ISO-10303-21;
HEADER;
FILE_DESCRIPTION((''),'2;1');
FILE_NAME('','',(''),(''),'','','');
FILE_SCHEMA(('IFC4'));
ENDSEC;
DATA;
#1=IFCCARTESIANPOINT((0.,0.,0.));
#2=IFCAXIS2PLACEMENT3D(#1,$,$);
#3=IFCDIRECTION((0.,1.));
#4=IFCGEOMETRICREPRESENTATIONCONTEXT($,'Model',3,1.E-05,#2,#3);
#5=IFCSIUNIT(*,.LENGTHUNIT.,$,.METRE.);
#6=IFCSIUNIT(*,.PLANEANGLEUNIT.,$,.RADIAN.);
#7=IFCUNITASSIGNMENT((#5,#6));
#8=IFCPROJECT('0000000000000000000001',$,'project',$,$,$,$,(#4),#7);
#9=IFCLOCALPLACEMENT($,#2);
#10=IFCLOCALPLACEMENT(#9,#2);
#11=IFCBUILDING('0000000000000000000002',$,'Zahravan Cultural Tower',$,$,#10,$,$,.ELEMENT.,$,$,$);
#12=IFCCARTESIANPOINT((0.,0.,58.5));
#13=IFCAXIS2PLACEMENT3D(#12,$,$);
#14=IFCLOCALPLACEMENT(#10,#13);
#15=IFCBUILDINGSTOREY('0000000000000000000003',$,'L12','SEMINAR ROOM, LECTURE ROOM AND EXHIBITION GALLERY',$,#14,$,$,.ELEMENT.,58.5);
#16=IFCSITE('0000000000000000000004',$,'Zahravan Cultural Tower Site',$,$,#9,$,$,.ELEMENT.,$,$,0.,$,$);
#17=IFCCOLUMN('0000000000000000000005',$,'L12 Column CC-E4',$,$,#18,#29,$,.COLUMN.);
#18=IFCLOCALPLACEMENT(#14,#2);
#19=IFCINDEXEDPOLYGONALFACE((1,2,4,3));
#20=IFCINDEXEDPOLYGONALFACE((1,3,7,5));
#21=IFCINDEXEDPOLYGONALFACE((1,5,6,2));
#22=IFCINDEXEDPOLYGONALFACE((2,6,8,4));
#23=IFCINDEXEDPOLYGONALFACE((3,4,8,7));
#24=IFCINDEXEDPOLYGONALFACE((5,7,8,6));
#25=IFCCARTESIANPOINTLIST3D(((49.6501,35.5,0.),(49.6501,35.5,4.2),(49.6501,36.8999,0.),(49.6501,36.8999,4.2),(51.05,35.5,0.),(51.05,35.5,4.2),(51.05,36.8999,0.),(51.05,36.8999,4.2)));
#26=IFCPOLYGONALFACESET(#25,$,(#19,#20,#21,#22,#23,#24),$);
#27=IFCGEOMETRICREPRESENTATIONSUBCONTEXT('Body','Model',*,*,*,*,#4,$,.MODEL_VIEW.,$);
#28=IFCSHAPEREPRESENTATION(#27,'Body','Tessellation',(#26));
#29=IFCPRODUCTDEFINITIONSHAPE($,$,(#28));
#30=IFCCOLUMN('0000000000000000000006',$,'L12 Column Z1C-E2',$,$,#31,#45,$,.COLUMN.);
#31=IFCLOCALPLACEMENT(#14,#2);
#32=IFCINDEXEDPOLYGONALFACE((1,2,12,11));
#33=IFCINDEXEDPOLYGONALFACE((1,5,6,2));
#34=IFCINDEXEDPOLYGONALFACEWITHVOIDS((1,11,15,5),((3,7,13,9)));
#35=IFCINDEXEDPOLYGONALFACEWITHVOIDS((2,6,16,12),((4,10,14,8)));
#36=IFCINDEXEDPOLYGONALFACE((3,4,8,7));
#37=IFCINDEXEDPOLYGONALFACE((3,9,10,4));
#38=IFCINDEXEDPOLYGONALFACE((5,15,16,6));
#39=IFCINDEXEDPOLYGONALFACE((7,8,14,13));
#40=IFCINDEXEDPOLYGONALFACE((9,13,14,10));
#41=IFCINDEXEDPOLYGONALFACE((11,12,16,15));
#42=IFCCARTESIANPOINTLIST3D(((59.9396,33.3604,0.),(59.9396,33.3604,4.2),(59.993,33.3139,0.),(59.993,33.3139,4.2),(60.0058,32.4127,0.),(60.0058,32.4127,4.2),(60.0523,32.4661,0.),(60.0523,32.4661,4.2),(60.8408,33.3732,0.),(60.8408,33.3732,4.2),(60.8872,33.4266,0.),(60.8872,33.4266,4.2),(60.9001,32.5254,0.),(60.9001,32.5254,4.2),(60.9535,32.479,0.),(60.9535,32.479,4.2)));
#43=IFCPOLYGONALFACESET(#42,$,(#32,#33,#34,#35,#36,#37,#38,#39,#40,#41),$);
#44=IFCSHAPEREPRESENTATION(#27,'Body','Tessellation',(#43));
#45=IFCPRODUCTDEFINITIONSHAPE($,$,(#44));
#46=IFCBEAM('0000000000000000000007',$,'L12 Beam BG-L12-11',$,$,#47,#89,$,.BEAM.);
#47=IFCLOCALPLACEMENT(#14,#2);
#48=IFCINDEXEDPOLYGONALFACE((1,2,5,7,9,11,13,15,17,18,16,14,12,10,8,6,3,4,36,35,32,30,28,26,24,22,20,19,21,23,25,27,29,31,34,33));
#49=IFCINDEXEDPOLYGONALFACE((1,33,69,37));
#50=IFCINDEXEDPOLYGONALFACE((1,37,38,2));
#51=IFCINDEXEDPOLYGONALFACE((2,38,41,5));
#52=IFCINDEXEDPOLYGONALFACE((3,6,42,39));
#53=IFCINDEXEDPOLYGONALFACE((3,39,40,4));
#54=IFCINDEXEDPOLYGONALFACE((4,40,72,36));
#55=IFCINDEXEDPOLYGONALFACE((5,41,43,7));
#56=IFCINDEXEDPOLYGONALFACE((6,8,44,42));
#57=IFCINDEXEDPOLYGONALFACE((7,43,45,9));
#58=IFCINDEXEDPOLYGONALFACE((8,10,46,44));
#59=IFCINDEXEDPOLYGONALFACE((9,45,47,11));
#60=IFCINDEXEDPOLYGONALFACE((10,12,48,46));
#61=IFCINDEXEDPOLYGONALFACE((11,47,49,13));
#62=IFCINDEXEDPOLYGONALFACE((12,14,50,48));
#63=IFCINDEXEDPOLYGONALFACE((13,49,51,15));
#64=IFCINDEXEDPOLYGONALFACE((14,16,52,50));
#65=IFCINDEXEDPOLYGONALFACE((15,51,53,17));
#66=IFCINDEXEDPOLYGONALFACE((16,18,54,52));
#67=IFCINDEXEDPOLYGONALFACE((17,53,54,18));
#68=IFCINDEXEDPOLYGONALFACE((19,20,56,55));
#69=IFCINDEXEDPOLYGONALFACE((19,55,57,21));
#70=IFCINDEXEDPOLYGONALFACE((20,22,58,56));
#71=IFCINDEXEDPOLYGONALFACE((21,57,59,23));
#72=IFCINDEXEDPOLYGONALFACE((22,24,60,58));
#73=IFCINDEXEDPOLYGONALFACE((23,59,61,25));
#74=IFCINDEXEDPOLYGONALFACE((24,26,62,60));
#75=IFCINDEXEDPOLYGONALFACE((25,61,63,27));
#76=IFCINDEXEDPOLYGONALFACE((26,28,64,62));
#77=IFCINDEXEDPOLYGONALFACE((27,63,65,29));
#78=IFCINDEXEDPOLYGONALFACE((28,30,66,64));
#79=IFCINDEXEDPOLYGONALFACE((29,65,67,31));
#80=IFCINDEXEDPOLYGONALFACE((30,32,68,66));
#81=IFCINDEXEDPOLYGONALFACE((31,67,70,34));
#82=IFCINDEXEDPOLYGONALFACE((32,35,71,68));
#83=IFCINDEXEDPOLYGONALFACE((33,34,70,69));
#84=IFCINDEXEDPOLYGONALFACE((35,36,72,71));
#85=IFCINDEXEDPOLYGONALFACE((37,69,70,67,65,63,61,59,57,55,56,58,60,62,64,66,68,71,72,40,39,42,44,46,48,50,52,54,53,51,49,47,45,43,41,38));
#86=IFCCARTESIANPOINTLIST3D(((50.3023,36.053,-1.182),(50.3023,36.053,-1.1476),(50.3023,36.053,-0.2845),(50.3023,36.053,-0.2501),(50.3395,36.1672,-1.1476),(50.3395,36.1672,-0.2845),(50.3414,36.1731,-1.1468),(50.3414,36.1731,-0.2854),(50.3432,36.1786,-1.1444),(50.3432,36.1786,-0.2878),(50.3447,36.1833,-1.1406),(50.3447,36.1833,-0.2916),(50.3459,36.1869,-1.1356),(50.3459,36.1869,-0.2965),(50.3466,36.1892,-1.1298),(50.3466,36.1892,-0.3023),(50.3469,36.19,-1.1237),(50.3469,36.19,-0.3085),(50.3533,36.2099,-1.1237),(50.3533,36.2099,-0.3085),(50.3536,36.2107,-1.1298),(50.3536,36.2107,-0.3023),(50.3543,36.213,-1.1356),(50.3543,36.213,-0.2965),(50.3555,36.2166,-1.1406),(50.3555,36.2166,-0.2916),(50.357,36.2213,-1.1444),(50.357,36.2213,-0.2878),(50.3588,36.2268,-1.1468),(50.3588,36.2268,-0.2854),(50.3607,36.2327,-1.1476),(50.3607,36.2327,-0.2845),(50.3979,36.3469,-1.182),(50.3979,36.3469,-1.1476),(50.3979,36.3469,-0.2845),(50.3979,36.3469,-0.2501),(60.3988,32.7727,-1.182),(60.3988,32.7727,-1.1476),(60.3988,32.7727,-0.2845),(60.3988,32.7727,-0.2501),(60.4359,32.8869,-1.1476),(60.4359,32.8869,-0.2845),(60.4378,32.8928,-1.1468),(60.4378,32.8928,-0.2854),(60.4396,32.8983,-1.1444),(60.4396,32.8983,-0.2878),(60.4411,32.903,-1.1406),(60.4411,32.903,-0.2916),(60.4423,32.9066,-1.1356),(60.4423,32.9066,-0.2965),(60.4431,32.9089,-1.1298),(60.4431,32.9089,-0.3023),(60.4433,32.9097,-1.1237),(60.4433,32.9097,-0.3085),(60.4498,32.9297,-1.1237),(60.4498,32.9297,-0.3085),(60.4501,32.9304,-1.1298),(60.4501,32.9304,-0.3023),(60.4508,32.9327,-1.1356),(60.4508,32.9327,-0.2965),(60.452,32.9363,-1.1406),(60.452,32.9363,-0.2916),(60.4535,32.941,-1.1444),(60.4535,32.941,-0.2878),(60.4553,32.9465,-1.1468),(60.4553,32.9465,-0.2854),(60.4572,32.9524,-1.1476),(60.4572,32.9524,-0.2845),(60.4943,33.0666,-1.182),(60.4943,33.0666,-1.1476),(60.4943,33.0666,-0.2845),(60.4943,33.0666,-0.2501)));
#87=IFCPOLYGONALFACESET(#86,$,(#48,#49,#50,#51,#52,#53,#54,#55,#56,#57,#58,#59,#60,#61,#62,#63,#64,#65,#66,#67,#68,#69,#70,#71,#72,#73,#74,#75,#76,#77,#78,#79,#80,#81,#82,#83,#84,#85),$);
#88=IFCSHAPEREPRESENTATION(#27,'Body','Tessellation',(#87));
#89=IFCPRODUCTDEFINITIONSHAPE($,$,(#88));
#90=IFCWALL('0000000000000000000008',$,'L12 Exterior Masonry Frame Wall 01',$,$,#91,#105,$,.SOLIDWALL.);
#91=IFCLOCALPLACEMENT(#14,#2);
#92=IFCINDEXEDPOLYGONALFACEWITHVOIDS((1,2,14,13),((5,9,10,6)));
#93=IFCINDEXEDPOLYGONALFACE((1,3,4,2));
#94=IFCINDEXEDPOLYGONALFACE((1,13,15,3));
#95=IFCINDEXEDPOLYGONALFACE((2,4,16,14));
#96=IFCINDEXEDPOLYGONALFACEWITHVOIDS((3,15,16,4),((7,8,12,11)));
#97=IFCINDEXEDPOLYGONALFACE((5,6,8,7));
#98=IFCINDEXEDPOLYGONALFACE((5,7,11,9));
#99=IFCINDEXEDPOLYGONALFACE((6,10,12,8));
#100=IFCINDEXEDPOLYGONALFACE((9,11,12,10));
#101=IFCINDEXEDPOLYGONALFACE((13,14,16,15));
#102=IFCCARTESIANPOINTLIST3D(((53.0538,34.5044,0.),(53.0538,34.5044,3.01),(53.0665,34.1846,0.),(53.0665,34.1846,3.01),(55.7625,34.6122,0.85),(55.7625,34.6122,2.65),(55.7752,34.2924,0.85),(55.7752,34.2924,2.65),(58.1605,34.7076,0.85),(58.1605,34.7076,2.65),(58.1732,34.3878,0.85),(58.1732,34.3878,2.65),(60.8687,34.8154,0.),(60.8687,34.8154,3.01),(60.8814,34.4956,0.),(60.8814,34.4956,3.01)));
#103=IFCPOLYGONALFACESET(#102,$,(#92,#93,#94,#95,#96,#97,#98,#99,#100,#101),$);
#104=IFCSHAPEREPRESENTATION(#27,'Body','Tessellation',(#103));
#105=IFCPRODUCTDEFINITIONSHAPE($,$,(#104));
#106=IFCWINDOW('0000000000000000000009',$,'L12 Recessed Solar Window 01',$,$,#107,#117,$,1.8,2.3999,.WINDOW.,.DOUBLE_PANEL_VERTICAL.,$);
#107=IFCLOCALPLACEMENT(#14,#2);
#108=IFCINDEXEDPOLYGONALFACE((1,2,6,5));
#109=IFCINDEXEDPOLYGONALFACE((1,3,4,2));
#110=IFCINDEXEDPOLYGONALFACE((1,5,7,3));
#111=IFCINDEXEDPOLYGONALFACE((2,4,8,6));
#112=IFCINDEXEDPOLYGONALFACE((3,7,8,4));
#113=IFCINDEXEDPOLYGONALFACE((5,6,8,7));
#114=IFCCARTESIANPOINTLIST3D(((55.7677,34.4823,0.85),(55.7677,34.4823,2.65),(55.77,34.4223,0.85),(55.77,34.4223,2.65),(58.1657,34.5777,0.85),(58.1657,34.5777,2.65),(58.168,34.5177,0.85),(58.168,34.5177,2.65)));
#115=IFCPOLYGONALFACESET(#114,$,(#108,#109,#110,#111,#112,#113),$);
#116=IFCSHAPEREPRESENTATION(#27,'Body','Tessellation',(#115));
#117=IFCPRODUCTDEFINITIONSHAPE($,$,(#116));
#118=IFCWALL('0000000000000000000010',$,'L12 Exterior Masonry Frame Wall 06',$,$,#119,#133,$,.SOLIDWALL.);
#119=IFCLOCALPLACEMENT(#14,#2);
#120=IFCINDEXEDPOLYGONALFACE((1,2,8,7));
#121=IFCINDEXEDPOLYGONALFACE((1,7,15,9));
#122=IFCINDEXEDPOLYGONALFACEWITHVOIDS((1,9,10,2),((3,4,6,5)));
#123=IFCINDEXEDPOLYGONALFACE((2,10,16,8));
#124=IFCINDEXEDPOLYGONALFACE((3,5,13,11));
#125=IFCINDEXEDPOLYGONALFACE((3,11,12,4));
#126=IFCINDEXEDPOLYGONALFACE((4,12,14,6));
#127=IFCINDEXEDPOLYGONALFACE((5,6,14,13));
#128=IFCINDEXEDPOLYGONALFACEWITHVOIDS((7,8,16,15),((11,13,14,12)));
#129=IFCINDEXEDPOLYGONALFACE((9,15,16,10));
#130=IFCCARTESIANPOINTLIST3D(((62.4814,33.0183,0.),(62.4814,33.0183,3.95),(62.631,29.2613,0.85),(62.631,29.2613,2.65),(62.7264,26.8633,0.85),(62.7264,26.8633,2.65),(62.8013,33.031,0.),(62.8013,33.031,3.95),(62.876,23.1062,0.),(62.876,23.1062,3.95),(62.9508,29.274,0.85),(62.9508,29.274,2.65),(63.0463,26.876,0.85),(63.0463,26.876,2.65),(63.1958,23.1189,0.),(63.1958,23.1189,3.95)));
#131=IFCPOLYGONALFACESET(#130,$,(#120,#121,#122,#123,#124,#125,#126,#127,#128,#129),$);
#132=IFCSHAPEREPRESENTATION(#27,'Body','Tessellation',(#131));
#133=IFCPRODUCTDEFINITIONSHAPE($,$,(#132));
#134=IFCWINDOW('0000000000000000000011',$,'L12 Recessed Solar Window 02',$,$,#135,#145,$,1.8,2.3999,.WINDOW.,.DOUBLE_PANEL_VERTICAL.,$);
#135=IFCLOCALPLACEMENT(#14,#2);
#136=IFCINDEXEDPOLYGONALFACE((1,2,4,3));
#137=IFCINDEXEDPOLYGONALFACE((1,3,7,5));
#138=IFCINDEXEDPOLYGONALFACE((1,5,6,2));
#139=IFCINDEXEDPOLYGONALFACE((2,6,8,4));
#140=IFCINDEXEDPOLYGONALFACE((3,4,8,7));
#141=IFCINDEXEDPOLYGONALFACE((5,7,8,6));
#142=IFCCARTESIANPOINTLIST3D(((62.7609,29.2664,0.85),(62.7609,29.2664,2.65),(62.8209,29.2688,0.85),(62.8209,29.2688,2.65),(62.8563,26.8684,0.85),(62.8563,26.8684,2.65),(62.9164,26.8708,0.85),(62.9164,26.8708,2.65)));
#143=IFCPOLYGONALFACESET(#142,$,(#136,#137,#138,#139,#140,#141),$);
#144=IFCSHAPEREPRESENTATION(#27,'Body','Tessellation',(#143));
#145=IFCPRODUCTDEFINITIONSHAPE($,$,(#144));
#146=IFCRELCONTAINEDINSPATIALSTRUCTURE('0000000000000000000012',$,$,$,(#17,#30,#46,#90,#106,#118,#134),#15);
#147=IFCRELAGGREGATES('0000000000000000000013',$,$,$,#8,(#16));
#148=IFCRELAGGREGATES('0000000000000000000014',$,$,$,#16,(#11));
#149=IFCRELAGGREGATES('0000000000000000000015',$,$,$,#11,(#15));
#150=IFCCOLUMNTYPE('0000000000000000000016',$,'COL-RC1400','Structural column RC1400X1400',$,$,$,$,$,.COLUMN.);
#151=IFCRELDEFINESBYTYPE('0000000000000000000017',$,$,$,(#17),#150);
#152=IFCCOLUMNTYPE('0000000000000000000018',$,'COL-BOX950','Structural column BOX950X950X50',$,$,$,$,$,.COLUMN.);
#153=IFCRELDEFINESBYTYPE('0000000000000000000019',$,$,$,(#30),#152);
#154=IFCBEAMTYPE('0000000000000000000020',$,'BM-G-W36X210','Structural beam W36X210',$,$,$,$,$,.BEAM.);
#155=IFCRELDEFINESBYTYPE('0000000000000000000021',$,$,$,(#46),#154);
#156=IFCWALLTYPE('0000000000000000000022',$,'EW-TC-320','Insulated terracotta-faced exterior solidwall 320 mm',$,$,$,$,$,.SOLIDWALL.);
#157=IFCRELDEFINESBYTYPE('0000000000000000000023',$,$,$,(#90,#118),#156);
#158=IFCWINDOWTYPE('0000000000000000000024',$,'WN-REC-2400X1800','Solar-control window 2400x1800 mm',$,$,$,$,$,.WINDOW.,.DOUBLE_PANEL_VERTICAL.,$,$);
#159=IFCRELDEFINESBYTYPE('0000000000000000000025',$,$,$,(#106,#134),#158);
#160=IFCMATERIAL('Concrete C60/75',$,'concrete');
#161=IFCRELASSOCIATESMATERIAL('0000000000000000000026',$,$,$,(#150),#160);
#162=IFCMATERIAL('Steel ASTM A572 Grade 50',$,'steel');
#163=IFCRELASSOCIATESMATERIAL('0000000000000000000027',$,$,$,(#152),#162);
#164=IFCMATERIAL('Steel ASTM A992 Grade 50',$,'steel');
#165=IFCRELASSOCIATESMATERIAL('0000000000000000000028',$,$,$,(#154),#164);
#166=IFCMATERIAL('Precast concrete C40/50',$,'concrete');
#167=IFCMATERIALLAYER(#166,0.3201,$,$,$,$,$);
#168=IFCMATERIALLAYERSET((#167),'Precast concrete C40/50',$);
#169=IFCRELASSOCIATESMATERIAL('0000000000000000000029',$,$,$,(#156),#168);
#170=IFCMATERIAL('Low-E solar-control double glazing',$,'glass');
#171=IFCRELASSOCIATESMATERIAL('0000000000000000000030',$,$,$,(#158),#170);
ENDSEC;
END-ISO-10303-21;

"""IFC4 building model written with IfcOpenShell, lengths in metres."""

from ifc_helpers import new_model, si_unit, direction, frame, frame_2d, origin, origin_2d, place, context, subcontext, project, spatial, rectangle, hollow_rectangle, i_section, extrude, source, transform, mapped, material, layer, layer_set, material_profile, profile_set, type_object, element, fill, save


model = new_model("IFC4")

# Units and contexts
model_context = context("Model", 3, precision=1e-05, world=origin(), true_north=direction((0.0, 1.0)))
body_context = subcontext(model_context, "Body", "Model", "MODEL_VIEW")
ifc_project = project(units=[si_unit("LENGTHUNIT", "METRE"), si_unit("PLANEANGLEUNIT", "RADIAN")], contexts=[model_context])

# Site, building, storey
site_placement = place(None, origin())
site = spatial("IfcSite", under=ifc_project, at=site_placement, Name="Zahravan Cultural Tower Site", CompositionType="ELEMENT", RefElevation=0.0)
building_placement = place(site_placement, origin())
building = spatial("IfcBuilding", under=site, at=building_placement, Name="Zahravan Cultural Tower", CompositionType="ELEMENT")
storey_placement = place(building_placement, frame((0.0, 0.0, 58.5)))
storey = spatial("IfcBuildingStorey", under=building, at=storey_placement, Name="L12", Description="SEMINAR ROOM, LECTURE ROOM AND EXHIBITION GALLERY", CompositionType="ELEMENT", Elevation=58.5)

# Columns
ifc_material_1 = material(Name="Concrete C60/75", Category="concrete")
ifc_material_profile_1 = material_profile(ifc_material_1, rectangle(XDim=1.3999, YDim=1.3999, at=origin_2d()), Name="RC1400X1400")
ifc_profile_set_1 = profile_set([ifc_material_profile_1], Name="Concrete C60/75")
column_type_1 = type_object("IfcColumnType", Name="COL-RC1400", Description="Structural column RC1400X1400", PredefinedType="COLUMN", material=ifc_profile_set_1)
shared_shape_1 = source(origin(), body_context, "Body", "SweptSolid", [
    extrude(rectangle(XDim=1.3999, YDim=1.3999, at=origin_2d()), origin(), (0.0, 0.0, 1.0), 4.2),
])
column_1_placement = place(storey_placement, frame((50.3501, 36.2, 0.0), z_axis=(0.0, 0.0, 1.0), x_axis=(1.0, 0.0, 0.0)))
element("IfcColumn", 1, at=column_1_placement, inside=storey, type_object=column_type_1, Name="L12 Column CC-E4", PredefinedType="COLUMN", context=body_context, shape_type="MappedRepresentation", body=[
    mapped(shared_shape_1, transform((0.0, 0.0, 0.0), x_axis=(1.0, 0.0, 0.0), y_axis=(0.0, 1.0, 0.0), z_axis=(0.0, 0.0, 1.0), scale=1.0)),
])
ifc_material_2 = material(Name="Steel ASTM A572 Grade 50", Category="steel")
ifc_material_profile_2 = material_profile(ifc_material_2, hollow_rectangle(XDim=0.95, YDim=0.95, WallThickness=0.05, at=origin_2d()), Name="BOX950X950X50")
ifc_profile_set_2 = profile_set([ifc_material_profile_2], Name="Steel ASTM A572 Grade 50")
column_type_2 = type_object("IfcColumnType", Name="COL-BOX950", Description="Structural column BOX950X950X50", PredefinedType="COLUMN", material=ifc_profile_set_2)
shared_shape_2 = source(origin(), body_context, "Body", "SweptSolid", [
    extrude(hollow_rectangle(XDim=0.95, YDim=0.95, WallThickness=0.05, at=origin_2d()), origin(), (0.0, 0.0, 1.0), 4.2),
])
column_2_placement = place(storey_placement, frame((60.4465, 32.9197, 0.0), z_axis=(0.0, 0.0, 1.0), x_axis=(0.997564, 0.069756, 0.0)))
element("IfcColumn", 2, at=column_2_placement, inside=storey, type_object=column_type_2, Name="L12 Column Z1C-E2", PredefinedType="COLUMN", context=body_context, shape_type="MappedRepresentation", body=[
    mapped(shared_shape_2, transform((0.0, 0.0, 0.0), x_axis=(1.0, 0.0, 0.0), y_axis=(0.0, 1.0, 0.0), z_axis=(0.0, 0.0, 1.0), scale=1.0)),
])

# Beam
ifc_material_3 = material(Name="Steel ASTM A992 Grade 50", Category="steel")
ifc_material_profile_3 = material_profile(ifc_material_3, i_section(OverallWidth=0.3091, OverallDepth=0.9319, WebThickness=0.021, FlangeThickness=0.0344, FilletRadius=0.0239, at=origin_2d()), Name="W36X210")
ifc_profile_set_3 = profile_set([ifc_material_profile_3], Name="Steel ASTM A992 Grade 50")
beam_type = type_object("IfcBeamType", Name="BM-G-W36X210", Description="Structural beam W36X210", PredefinedType="BEAM", material=ifc_profile_set_3)
shared_shape_3 = source(origin(), body_context, "Body", "SweptSolid", [
    extrude(i_section(OverallWidth=0.3091, OverallDepth=0.9319, WebThickness=0.021, FlangeThickness=0.0344, FilletRadius=0.0239, at=origin_2d()), origin(), (0.0, 0.0, 1.0), 10.616),
])
beam_placement = place(storey_placement, frame((50.3501, 36.2, -0.7161), z_axis=(0.951064, -0.308995, 0.0), x_axis=(0.308995, 0.951064, 0.0)))
element("IfcBeam", 3, at=beam_placement, inside=storey, type_object=beam_type, Name="L12 Beam BG-L12-11", PredefinedType="BEAM", context=body_context, shape_type="MappedRepresentation", body=[
    mapped(shared_shape_3, transform((0.0, 0.0, 0.0), x_axis=(1.0, 0.0, 0.0), y_axis=(0.0, 1.0, 0.0), z_axis=(0.0, 0.0, 1.0), scale=1.0)),
])

# Walls, openings, windows
ifc_material_4 = material(Name="Precast concrete C40/50", Category="concrete")
ifc_layer_1 = layer(ifc_material_4, 0.3201)
ifc_layer_set_1 = layer_set([ifc_layer_1], Name="Precast concrete C40/50")
wall_type_1 = type_object("IfcWallType", Name="EW-TC-320", Description="Insulated terracotta-faced exterior solidwall 320 mm", PredefinedType="SOLIDWALL", material=ifc_layer_set_1)
wall_1_placement = place(storey_placement, frame((53.0601, 34.3445, 0.0), z_axis=(0.0, 0.0, 1.0), x_axis=(0.999209, 0.039769, 0.0)))
wall_1 = element("IfcWall", 4, at=wall_1_placement, inside=storey, type_object=wall_type_1, Name="L12 Exterior Masonry Frame Wall 01", PredefinedType="SOLIDWALL", context=body_context, shape_type="SweptSolid", body=[
    extrude(rectangle(XDim=7.821, YDim=0.3201, at=frame_2d((3.9106, 0.0))), origin(), (0.0, 0.0, 1.0), 3.01),
])
opening_1_placement = place(wall_1_placement, frame((2.7109, 0.0, 0.8501)))
opening_1 = element("IfcOpeningElement", 5, at=opening_1_placement, cuts=wall_1, PredefinedType="OPENING", context=body_context, shape_type="SweptSolid", body=[
    extrude(rectangle(XDim=2.3999, YDim=1.8, at=frame_2d((1.2, 0.8999))), frame((0.0, 0.1699, 0.0), z_axis=(0.0, -1.0, 0.0), x_axis=(1.0, 0.0, 0.0)), (0.0, 0.0, 1.0), 0.3401),
])
ifc_material_5 = material(Name="Low-E solar-control double glazing", Category="glass")
window_type = type_object("IfcWindowType", Name="WN-REC-2400X1800", Description="Solar-control window 2400x1800 mm", PartitioningType="DOUBLE_PANEL_VERTICAL", PredefinedType="WINDOW", material=ifc_material_5)
shared_shape_4 = source(origin(), body_context, "Body", "SweptSolid", [
    extrude(rectangle(XDim=2.3999, YDim=1.8, at=frame_2d((1.2, 0.8999))), frame((0.0, 0.03, 0.0), z_axis=(0.0, -1.0, 0.0), x_axis=(1.0, 0.0, 0.0)), (0.0, 0.0, 1.0), 0.0601),
])
window_1_placement = place(opening_1_placement, origin())
window_1 = element("IfcWindow", 6, at=window_1_placement, inside=storey, type_object=window_type, Name="L12 Recessed Solar Window 01", OverallHeight=1.8, OverallWidth=2.3999, PartitioningType="DOUBLE_PANEL_VERTICAL", PredefinedType="WINDOW", context=body_context, shape_type="MappedRepresentation", body=[
    mapped(shared_shape_4, transform((0.0, 0.0, 0.0), x_axis=(1.0, 0.0, 0.0), y_axis=(0.0, 1.0, 0.0), z_axis=(0.0, 0.0, 1.0), scale=1.0)),
])
fill(opening_1, window_1)
wall_2_placement = place(storey_placement, frame((62.6414, 33.0247, 0.0), z_axis=(0.0, 0.0, 1.0), x_axis=(0.039771, -0.999209, 0.0)))
wall_2 = element("IfcWall", 7, at=wall_2_placement, inside=storey, type_object=wall_type_1, Name="L12 Exterior Masonry Frame Wall 06", PredefinedType="SOLIDWALL", context=body_context, shape_type="SweptSolid", body=[
    extrude(rectangle(XDim=9.9199, YDim=0.3201, at=frame_2d((4.96, 0.0))), origin(), (0.0, 0.0, 1.0), 3.95),
])
opening_2_placement = place(wall_2_placement, frame((3.76, 0.0, 0.8501)))
opening_2 = element("IfcOpeningElement", 8, at=opening_2_placement, cuts=wall_2, PredefinedType="OPENING", context=body_context, shape_type="SweptSolid", body=[
    extrude(rectangle(XDim=2.3999, YDim=1.8, at=frame_2d((1.2, 0.8999))), frame((0.0, 0.1699, 0.0), z_axis=(0.0, -1.0, 0.0), x_axis=(1.0, 0.0, 0.0)), (0.0, 0.0, 1.0), 0.3401),
])
window_2_placement = place(opening_2_placement, origin())
window_2 = element("IfcWindow", 9, at=window_2_placement, inside=storey, type_object=window_type, Name="L12 Recessed Solar Window 02", OverallHeight=1.8, OverallWidth=2.3999, PartitioningType="DOUBLE_PANEL_VERTICAL", PredefinedType="WINDOW", context=body_context, shape_type="MappedRepresentation", body=[
    mapped(shared_shape_4, transform((0.0, 0.0, 0.0), x_axis=(1.0, 0.0, 0.0), y_axis=(0.0, 1.0, 0.0), z_axis=(0.0, 0.0, 1.0), scale=1.0)),
])
fill(opening_2, window_2)

save(model, "model.ifc")
